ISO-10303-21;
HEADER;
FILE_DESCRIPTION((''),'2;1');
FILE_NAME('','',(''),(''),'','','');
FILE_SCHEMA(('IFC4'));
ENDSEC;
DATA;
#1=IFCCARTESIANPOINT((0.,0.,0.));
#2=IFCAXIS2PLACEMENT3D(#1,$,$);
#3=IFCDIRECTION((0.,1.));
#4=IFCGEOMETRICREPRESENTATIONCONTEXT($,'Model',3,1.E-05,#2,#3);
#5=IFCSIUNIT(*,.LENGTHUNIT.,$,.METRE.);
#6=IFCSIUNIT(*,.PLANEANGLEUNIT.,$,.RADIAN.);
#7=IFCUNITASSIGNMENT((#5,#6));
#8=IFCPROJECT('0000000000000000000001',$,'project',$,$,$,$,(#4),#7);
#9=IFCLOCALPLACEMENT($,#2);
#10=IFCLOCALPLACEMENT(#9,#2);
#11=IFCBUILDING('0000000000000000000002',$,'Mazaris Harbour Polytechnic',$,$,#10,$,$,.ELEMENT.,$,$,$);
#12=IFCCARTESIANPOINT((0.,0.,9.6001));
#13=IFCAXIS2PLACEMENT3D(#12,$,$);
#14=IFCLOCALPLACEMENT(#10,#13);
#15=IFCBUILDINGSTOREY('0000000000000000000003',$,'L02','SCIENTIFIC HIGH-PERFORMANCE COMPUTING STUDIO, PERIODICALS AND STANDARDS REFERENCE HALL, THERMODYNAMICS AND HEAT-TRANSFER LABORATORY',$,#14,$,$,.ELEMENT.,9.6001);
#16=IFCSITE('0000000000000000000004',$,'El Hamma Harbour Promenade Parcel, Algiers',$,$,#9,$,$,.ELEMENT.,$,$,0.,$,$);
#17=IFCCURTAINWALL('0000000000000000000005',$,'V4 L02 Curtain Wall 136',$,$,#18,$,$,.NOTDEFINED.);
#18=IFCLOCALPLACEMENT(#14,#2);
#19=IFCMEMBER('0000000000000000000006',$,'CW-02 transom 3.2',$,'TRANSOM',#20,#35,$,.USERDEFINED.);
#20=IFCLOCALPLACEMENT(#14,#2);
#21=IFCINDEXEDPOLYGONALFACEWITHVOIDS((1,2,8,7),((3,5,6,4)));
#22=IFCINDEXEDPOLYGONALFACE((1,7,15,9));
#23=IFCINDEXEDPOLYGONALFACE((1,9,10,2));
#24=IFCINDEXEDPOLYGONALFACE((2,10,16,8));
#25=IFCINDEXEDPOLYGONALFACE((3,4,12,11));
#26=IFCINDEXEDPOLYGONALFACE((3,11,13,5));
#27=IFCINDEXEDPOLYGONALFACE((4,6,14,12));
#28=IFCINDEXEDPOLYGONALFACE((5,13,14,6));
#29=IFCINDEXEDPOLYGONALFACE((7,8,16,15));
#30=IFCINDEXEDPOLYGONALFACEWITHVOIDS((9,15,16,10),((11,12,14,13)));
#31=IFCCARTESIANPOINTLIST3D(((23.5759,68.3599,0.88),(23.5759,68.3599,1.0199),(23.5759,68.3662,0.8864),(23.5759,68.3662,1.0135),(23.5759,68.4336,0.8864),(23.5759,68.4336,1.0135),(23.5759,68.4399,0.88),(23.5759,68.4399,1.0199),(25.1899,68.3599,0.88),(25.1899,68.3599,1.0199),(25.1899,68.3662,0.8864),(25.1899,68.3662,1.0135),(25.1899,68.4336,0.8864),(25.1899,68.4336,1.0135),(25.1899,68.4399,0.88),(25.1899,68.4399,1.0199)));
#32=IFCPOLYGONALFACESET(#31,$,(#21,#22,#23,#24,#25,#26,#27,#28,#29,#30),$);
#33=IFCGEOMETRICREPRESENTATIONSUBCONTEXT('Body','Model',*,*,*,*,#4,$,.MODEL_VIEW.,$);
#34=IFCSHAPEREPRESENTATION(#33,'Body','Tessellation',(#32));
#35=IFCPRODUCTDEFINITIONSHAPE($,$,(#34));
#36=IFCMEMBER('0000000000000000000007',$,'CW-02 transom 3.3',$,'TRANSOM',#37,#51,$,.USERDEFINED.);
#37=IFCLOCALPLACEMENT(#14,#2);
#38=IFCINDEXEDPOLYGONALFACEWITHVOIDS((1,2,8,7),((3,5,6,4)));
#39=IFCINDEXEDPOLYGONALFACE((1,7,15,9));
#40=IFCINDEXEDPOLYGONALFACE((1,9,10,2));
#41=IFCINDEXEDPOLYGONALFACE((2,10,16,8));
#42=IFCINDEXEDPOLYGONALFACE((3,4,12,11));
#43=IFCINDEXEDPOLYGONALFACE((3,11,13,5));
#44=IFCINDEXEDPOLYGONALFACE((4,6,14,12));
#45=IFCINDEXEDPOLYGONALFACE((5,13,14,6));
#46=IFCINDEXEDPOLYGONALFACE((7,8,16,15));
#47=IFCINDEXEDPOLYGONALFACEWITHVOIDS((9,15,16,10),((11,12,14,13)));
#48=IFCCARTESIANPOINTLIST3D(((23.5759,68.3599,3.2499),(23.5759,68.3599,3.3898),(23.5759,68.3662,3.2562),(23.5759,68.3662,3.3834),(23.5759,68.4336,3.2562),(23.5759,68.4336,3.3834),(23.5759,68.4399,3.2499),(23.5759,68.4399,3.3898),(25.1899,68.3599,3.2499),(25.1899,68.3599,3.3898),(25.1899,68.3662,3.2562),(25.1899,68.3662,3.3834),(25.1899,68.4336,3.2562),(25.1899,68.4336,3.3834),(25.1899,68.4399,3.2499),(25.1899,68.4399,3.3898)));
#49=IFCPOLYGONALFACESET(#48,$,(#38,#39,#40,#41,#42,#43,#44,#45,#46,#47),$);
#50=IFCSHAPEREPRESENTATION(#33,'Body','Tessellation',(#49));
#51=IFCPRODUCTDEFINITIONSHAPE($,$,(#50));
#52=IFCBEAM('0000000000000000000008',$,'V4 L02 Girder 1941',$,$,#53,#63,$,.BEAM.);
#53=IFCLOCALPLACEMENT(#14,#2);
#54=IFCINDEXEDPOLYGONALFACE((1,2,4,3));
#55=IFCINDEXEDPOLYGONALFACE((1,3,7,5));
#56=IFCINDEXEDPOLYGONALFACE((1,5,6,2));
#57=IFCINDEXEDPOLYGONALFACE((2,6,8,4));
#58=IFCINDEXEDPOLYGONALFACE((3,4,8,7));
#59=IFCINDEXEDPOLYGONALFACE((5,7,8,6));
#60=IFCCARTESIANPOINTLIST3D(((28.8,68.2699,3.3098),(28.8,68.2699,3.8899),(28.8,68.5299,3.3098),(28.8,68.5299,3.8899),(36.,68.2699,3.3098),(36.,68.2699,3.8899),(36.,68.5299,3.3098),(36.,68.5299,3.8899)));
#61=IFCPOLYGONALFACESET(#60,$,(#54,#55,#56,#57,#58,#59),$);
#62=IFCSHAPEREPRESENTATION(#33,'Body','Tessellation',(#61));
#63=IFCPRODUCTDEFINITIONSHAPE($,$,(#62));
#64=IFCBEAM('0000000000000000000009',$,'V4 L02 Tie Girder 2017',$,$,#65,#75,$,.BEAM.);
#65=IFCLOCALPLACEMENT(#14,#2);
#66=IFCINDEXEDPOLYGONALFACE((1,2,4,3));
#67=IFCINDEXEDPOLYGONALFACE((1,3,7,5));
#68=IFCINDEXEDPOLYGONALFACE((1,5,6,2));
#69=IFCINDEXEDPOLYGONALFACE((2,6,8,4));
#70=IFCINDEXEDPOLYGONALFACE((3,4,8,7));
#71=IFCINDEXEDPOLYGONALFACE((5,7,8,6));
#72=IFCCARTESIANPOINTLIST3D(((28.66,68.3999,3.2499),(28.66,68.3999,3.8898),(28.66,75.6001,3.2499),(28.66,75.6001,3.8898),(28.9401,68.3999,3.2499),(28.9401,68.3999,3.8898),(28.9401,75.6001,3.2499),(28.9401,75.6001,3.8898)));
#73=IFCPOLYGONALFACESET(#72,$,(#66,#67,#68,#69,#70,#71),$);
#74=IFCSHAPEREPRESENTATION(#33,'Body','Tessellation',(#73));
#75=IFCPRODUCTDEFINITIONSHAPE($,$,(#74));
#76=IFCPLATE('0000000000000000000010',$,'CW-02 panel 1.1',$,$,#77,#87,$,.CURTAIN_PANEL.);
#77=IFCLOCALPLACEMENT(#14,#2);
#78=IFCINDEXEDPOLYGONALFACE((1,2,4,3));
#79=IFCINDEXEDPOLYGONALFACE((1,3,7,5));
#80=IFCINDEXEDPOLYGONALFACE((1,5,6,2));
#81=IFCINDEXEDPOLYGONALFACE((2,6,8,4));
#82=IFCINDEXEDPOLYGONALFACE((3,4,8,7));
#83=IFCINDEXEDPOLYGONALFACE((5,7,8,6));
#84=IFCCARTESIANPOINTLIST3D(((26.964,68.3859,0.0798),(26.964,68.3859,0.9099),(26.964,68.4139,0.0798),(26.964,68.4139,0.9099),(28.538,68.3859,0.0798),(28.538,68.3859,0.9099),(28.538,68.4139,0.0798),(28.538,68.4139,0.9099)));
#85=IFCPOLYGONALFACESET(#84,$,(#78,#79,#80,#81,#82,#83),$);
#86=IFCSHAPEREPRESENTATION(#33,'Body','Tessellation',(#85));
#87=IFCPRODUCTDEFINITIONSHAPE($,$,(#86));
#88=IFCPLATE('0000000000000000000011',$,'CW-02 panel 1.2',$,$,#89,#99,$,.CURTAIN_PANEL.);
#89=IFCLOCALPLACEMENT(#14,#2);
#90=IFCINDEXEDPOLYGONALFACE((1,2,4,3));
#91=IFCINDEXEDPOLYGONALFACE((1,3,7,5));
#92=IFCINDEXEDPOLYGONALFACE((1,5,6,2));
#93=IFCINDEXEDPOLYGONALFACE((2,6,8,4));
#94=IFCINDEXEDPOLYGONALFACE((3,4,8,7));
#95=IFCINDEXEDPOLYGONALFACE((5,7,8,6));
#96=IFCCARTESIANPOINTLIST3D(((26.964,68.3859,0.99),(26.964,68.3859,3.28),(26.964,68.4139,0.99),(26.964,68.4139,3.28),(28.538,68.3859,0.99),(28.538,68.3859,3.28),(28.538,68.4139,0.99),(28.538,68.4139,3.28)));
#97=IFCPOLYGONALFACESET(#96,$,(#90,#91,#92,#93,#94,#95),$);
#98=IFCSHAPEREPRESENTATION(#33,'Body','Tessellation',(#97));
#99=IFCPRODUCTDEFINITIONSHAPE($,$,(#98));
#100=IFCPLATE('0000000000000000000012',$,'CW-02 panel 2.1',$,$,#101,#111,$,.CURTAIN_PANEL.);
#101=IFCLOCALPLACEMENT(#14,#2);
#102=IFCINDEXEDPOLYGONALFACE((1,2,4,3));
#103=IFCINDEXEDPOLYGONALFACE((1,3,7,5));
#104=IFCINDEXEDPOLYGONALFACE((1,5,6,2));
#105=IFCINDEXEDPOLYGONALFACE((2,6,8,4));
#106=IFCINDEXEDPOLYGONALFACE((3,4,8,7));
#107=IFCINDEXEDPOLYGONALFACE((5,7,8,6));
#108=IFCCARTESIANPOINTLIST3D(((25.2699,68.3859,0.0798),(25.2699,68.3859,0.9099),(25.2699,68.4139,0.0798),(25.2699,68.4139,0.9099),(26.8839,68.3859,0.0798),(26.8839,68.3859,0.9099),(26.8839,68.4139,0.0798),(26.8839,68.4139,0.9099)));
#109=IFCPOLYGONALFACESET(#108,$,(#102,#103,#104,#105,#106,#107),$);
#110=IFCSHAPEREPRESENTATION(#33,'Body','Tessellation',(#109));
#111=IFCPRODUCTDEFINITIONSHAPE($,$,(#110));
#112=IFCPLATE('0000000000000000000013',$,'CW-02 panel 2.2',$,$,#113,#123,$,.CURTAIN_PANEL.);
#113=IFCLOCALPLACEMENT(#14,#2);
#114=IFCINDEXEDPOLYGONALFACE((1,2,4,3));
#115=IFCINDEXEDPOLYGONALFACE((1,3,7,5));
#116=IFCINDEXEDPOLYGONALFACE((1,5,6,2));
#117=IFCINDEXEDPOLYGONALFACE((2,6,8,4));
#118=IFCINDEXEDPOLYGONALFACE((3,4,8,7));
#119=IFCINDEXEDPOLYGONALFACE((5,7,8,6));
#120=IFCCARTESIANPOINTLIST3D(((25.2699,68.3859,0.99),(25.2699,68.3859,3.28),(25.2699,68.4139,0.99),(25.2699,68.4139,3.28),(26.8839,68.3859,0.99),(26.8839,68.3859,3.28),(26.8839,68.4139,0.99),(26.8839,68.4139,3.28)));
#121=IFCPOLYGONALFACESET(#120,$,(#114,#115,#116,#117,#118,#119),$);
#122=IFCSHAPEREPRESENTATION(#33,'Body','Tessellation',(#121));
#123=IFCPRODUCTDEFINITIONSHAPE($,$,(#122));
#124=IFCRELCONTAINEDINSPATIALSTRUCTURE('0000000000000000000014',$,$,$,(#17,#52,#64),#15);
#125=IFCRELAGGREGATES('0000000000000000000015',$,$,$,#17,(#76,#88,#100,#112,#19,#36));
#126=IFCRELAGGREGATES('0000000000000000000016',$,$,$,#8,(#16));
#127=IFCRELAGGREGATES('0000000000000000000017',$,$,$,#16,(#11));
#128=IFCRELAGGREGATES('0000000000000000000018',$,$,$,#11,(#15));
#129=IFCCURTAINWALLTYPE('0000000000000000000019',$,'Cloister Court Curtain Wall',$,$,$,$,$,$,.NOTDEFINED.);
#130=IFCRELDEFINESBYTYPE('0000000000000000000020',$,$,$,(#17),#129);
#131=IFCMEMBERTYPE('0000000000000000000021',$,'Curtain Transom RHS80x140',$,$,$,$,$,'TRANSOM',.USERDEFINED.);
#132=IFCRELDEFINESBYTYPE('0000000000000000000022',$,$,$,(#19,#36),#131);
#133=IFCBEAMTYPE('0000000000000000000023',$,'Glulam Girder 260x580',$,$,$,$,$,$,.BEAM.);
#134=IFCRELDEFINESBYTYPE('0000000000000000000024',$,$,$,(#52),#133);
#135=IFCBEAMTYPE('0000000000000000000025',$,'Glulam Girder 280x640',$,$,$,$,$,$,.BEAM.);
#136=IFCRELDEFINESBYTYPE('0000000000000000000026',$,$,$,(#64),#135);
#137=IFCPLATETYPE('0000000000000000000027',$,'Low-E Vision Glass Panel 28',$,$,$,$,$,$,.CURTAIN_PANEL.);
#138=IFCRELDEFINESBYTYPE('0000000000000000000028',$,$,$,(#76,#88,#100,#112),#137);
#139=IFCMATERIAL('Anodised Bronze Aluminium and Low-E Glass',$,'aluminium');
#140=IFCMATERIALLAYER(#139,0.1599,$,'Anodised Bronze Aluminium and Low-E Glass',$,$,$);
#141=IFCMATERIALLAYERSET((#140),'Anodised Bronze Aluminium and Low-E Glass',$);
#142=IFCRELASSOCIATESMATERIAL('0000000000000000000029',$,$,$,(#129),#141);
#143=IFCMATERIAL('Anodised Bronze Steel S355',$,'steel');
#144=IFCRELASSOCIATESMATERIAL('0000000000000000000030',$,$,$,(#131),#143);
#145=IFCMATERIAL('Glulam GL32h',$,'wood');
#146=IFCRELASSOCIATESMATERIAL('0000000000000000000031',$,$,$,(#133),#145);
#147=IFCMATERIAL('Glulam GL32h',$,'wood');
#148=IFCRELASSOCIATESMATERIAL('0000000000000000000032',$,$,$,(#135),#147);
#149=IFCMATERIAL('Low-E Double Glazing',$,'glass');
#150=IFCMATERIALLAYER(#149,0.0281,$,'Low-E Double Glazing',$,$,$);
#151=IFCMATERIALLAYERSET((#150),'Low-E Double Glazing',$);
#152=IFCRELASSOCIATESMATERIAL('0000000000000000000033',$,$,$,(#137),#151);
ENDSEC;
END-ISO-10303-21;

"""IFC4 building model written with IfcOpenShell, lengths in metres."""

from ifc_helpers import new_model, si_unit, direction, frame, origin, origin_2d, place, context, subcontext, project, spatial, rectangle, hollow_rectangle, extrude, material, layer, layer_set, material_profile, profile_set, type_object, element, aggregate, save


model = new_model("IFC4")

# Units and contexts
model_context = context("Model", 3, precision=1e-05, world=origin(), true_north=direction((0.0, 1.0)))
body_context = subcontext(model_context, "Body", "Model", "MODEL_VIEW")
ifc_project = project(units=[si_unit("LENGTHUNIT", "METRE"), si_unit("PLANEANGLEUNIT", "RADIAN")], contexts=[model_context])

# Site, building, storey
site_placement = place(None, origin())
site = spatial("IfcSite", under=ifc_project, at=site_placement, Name="El Hamma Harbour Promenade Parcel, Algiers", CompositionType="ELEMENT", RefElevation=0.0)
building_placement = place(site_placement, origin())
building = spatial("IfcBuilding", under=site, at=building_placement, Name="Mazaris Harbour Polytechnic", CompositionType="ELEMENT")
storey_placement = place(building_placement, frame((0.0, 0.0, 9.6001)))
storey = spatial("IfcBuildingStorey", under=building, at=storey_placement, Name="L02", Description="SCIENTIFIC HIGH-PERFORMANCE COMPUTING STUDIO, PERIODICALS AND STANDARDS REFERENCE HALL, THERMODYNAMICS AND HEAT-TRANSFER LABORATORY", CompositionType="ELEMENT", Elevation=9.6001)

# Curtain wall, members
ifc_material_1 = material(Name="Anodised Bronze Aluminium and Low-E Glass", Category="aluminium")
ifc_layer_1 = layer(ifc_material_1, 0.1599, Name="Anodised Bronze Aluminium and Low-E Glass")
ifc_layer_set_1 = layer_set([ifc_layer_1], Name="Anodised Bronze Aluminium and Low-E Glass")
curtain_wall_type = type_object("IfcCurtainWallType", Name="Cloister Court Curtain Wall", PredefinedType="NOTDEFINED", material=ifc_layer_set_1)
curtain_wall_placement = place(storey_placement, origin())
curtain_wall = element("IfcCurtainWall", 1, at=curtain_wall_placement, inside=storey, type_object=curtain_wall_type, Name="V4 L02 Curtain Wall 136", PredefinedType="NOTDEFINED")
ifc_material_2 = material(Name="Anodised Bronze Steel S355", Category="steel")
ifc_material_profile_1 = material_profile(ifc_material_2, hollow_rectangle(XDim=0.0801, YDim=0.1399, WallThickness=0.0063, at=origin_2d()), Name="RHS 80x140x6.3")
ifc_profile_set_1 = profile_set([ifc_material_profile_1], Name="Anodised Bronze Steel S355")
member_type_1 = type_object("IfcMemberType", Name="Curtain Transom RHS80x140", ElementType="TRANSOM", PredefinedType="USERDEFINED", material=ifc_profile_set_1)
member_1_placement = place(storey_placement, frame((25.1899, 68.3999, 0.95), z_axis=(-1.0, 0.0, 0.0), x_axis=(0.0, -1.0, 0.0)))
member_1 = element("IfcMember", 2, at=member_1_placement, type_object=member_type_1, Name="CW-02 transom 3.2", ObjectType="TRANSOM", PredefinedType="USERDEFINED", context=body_context, shape_type="SweptSolid", body=[
    extrude(hollow_rectangle(XDim=0.0801, YDim=0.1399, WallThickness=0.0063, at=origin_2d()), origin(), (0.0, 0.0, 1.0), 1.614),
])
member_2_placement = place(storey_placement, frame((25.1899, 68.3999, 3.3198), z_axis=(-1.0, 0.0, 0.0), x_axis=(0.0, -1.0, 0.0)))
member_2 = element("IfcMember", 3, at=member_2_placement, type_object=member_type_1, Name="CW-02 transom 3.3", ObjectType="TRANSOM", PredefinedType="USERDEFINED", context=body_context, shape_type="SweptSolid", body=[
    extrude(hollow_rectangle(XDim=0.0801, YDim=0.1399, WallThickness=0.0063, at=origin_2d()), origin(), (0.0, 0.0, 1.0), 1.614),
])

# Beams
ifc_material_3 = material(Name="Glulam GL32h", Category="wood")
ifc_material_profile_2 = material_profile(ifc_material_3, rectangle(XDim=0.26, YDim=0.5801, at=origin_2d()), Name="RECT260x580")
ifc_profile_set_2 = profile_set([ifc_material_profile_2], Name="Glulam GL32h")
beam_type_1 = type_object("IfcBeamType", Name="Glulam Girder 260x580", PredefinedType="BEAM", material=ifc_profile_set_2)
beam_1_placement = place(storey_placement, frame((28.8, 68.3999, 3.5999), z_axis=(1.0, 0.0, 0.0), x_axis=(0.0, 1.0, 0.0)))
element("IfcBeam", 4, at=beam_1_placement, inside=storey, type_object=beam_type_1, Name="V4 L02 Girder 1941", PredefinedType="BEAM", context=body_context, shape_type="SweptSolid", body=[
    extrude(rectangle(XDim=0.26, YDim=0.5801, at=origin_2d()), origin(), (0.0, 0.0, 1.0), 7.2),
])
ifc_material_4 = material(Name="Glulam GL32h", Category="wood")
ifc_material_profile_3 = material_profile(ifc_material_4, rectangle(XDim=0.28, YDim=0.6399, at=origin_2d()), Name="RECT280x640")
ifc_profile_set_3 = profile_set([ifc_material_profile_3], Name="Glulam GL32h")
beam_type_2 = type_object("IfcBeamType", Name="Glulam Girder 280x640", PredefinedType="BEAM", material=ifc_profile_set_3)
beam_2_placement = place(storey_placement, frame((28.8, 68.3999, 3.5698), z_axis=(0.0, 1.0, 0.0), x_axis=(-1.0, 0.0, 0.0)))
element("IfcBeam", 5, at=beam_2_placement, inside=storey, type_object=beam_type_2, Name="V4 L02 Tie Girder 2017", PredefinedType="BEAM", context=body_context, shape_type="SweptSolid", body=[
    extrude(rectangle(XDim=0.28, YDim=0.6399, at=origin_2d()), origin(), (0.0, 0.0, 1.0), 7.2002),
])

# Plates
ifc_material_5 = material(Name="Low-E Double Glazing", Category="glass")
ifc_layer_2 = layer(ifc_material_5, 0.0281, Name="Low-E Double Glazing")
ifc_layer_set_2 = layer_set([ifc_layer_2], Name="Low-E Double Glazing")
plate_type = type_object("IfcPlateType", Name="Low-E Vision Glass Panel 28", PredefinedType="CURTAIN_PANEL", material=ifc_layer_set_2)
plate_1_placement = place(storey_placement, frame((27.751, 68.3999, 0.0798), z_axis=(0.0, 0.0, 1.0), x_axis=(-1.0, 0.0, 0.0)))
plate_1 = element("IfcPlate", 6, at=plate_1_placement, type_object=plate_type, Name="CW-02 panel 1.1", PredefinedType="CURTAIN_PANEL", context=body_context, shape_type="SweptSolid", body=[
    extrude(rectangle(XDim=1.574, YDim=0.0281, at=origin_2d()), origin(), (0.0, 0.0, 1.0), 0.8301),
])
plate_2_placement = place(storey_placement, frame((27.751, 68.3999, 0.99), z_axis=(0.0, 0.0, 1.0), x_axis=(-1.0, 0.0, 0.0)))
plate_2 = element("IfcPlate", 7, at=plate_2_placement, type_object=plate_type, Name="CW-02 panel 1.2", PredefinedType="CURTAIN_PANEL", context=body_context, shape_type="SweptSolid", body=[
    extrude(rectangle(XDim=1.574, YDim=0.0281, at=origin_2d()), origin(), (0.0, 0.0, 1.0), 2.29),
])
plate_3_placement = place(storey_placement, frame((26.0769, 68.3999, 0.0798), z_axis=(0.0, 0.0, 1.0), x_axis=(-1.0, 0.0, 0.0)))
plate_3 = element("IfcPlate", 8, at=plate_3_placement, type_object=plate_type, Name="CW-02 panel 2.1", PredefinedType="CURTAIN_PANEL", context=body_context, shape_type="SweptSolid", body=[
    extrude(rectangle(XDim=1.614, YDim=0.0281, at=origin_2d()), origin(), (0.0, 0.0, 1.0), 0.8301),
])
plate_4_placement = place(storey_placement, frame((26.0769, 68.3999, 0.99), z_axis=(0.0, 0.0, 1.0), x_axis=(-1.0, 0.0, 0.0)))
plate_4 = element("IfcPlate", 9, at=plate_4_placement, type_object=plate_type, Name="CW-02 panel 2.2", PredefinedType="CURTAIN_PANEL", context=body_context, shape_type="SweptSolid", body=[
    extrude(rectangle(XDim=1.614, YDim=0.0281, at=origin_2d()), origin(), (0.0, 0.0, 1.0), 2.29),
])
aggregate(curtain_wall, [plate_1, plate_2, plate_3, plate_4, member_1, member_2])

save(model, "model.ifc")
